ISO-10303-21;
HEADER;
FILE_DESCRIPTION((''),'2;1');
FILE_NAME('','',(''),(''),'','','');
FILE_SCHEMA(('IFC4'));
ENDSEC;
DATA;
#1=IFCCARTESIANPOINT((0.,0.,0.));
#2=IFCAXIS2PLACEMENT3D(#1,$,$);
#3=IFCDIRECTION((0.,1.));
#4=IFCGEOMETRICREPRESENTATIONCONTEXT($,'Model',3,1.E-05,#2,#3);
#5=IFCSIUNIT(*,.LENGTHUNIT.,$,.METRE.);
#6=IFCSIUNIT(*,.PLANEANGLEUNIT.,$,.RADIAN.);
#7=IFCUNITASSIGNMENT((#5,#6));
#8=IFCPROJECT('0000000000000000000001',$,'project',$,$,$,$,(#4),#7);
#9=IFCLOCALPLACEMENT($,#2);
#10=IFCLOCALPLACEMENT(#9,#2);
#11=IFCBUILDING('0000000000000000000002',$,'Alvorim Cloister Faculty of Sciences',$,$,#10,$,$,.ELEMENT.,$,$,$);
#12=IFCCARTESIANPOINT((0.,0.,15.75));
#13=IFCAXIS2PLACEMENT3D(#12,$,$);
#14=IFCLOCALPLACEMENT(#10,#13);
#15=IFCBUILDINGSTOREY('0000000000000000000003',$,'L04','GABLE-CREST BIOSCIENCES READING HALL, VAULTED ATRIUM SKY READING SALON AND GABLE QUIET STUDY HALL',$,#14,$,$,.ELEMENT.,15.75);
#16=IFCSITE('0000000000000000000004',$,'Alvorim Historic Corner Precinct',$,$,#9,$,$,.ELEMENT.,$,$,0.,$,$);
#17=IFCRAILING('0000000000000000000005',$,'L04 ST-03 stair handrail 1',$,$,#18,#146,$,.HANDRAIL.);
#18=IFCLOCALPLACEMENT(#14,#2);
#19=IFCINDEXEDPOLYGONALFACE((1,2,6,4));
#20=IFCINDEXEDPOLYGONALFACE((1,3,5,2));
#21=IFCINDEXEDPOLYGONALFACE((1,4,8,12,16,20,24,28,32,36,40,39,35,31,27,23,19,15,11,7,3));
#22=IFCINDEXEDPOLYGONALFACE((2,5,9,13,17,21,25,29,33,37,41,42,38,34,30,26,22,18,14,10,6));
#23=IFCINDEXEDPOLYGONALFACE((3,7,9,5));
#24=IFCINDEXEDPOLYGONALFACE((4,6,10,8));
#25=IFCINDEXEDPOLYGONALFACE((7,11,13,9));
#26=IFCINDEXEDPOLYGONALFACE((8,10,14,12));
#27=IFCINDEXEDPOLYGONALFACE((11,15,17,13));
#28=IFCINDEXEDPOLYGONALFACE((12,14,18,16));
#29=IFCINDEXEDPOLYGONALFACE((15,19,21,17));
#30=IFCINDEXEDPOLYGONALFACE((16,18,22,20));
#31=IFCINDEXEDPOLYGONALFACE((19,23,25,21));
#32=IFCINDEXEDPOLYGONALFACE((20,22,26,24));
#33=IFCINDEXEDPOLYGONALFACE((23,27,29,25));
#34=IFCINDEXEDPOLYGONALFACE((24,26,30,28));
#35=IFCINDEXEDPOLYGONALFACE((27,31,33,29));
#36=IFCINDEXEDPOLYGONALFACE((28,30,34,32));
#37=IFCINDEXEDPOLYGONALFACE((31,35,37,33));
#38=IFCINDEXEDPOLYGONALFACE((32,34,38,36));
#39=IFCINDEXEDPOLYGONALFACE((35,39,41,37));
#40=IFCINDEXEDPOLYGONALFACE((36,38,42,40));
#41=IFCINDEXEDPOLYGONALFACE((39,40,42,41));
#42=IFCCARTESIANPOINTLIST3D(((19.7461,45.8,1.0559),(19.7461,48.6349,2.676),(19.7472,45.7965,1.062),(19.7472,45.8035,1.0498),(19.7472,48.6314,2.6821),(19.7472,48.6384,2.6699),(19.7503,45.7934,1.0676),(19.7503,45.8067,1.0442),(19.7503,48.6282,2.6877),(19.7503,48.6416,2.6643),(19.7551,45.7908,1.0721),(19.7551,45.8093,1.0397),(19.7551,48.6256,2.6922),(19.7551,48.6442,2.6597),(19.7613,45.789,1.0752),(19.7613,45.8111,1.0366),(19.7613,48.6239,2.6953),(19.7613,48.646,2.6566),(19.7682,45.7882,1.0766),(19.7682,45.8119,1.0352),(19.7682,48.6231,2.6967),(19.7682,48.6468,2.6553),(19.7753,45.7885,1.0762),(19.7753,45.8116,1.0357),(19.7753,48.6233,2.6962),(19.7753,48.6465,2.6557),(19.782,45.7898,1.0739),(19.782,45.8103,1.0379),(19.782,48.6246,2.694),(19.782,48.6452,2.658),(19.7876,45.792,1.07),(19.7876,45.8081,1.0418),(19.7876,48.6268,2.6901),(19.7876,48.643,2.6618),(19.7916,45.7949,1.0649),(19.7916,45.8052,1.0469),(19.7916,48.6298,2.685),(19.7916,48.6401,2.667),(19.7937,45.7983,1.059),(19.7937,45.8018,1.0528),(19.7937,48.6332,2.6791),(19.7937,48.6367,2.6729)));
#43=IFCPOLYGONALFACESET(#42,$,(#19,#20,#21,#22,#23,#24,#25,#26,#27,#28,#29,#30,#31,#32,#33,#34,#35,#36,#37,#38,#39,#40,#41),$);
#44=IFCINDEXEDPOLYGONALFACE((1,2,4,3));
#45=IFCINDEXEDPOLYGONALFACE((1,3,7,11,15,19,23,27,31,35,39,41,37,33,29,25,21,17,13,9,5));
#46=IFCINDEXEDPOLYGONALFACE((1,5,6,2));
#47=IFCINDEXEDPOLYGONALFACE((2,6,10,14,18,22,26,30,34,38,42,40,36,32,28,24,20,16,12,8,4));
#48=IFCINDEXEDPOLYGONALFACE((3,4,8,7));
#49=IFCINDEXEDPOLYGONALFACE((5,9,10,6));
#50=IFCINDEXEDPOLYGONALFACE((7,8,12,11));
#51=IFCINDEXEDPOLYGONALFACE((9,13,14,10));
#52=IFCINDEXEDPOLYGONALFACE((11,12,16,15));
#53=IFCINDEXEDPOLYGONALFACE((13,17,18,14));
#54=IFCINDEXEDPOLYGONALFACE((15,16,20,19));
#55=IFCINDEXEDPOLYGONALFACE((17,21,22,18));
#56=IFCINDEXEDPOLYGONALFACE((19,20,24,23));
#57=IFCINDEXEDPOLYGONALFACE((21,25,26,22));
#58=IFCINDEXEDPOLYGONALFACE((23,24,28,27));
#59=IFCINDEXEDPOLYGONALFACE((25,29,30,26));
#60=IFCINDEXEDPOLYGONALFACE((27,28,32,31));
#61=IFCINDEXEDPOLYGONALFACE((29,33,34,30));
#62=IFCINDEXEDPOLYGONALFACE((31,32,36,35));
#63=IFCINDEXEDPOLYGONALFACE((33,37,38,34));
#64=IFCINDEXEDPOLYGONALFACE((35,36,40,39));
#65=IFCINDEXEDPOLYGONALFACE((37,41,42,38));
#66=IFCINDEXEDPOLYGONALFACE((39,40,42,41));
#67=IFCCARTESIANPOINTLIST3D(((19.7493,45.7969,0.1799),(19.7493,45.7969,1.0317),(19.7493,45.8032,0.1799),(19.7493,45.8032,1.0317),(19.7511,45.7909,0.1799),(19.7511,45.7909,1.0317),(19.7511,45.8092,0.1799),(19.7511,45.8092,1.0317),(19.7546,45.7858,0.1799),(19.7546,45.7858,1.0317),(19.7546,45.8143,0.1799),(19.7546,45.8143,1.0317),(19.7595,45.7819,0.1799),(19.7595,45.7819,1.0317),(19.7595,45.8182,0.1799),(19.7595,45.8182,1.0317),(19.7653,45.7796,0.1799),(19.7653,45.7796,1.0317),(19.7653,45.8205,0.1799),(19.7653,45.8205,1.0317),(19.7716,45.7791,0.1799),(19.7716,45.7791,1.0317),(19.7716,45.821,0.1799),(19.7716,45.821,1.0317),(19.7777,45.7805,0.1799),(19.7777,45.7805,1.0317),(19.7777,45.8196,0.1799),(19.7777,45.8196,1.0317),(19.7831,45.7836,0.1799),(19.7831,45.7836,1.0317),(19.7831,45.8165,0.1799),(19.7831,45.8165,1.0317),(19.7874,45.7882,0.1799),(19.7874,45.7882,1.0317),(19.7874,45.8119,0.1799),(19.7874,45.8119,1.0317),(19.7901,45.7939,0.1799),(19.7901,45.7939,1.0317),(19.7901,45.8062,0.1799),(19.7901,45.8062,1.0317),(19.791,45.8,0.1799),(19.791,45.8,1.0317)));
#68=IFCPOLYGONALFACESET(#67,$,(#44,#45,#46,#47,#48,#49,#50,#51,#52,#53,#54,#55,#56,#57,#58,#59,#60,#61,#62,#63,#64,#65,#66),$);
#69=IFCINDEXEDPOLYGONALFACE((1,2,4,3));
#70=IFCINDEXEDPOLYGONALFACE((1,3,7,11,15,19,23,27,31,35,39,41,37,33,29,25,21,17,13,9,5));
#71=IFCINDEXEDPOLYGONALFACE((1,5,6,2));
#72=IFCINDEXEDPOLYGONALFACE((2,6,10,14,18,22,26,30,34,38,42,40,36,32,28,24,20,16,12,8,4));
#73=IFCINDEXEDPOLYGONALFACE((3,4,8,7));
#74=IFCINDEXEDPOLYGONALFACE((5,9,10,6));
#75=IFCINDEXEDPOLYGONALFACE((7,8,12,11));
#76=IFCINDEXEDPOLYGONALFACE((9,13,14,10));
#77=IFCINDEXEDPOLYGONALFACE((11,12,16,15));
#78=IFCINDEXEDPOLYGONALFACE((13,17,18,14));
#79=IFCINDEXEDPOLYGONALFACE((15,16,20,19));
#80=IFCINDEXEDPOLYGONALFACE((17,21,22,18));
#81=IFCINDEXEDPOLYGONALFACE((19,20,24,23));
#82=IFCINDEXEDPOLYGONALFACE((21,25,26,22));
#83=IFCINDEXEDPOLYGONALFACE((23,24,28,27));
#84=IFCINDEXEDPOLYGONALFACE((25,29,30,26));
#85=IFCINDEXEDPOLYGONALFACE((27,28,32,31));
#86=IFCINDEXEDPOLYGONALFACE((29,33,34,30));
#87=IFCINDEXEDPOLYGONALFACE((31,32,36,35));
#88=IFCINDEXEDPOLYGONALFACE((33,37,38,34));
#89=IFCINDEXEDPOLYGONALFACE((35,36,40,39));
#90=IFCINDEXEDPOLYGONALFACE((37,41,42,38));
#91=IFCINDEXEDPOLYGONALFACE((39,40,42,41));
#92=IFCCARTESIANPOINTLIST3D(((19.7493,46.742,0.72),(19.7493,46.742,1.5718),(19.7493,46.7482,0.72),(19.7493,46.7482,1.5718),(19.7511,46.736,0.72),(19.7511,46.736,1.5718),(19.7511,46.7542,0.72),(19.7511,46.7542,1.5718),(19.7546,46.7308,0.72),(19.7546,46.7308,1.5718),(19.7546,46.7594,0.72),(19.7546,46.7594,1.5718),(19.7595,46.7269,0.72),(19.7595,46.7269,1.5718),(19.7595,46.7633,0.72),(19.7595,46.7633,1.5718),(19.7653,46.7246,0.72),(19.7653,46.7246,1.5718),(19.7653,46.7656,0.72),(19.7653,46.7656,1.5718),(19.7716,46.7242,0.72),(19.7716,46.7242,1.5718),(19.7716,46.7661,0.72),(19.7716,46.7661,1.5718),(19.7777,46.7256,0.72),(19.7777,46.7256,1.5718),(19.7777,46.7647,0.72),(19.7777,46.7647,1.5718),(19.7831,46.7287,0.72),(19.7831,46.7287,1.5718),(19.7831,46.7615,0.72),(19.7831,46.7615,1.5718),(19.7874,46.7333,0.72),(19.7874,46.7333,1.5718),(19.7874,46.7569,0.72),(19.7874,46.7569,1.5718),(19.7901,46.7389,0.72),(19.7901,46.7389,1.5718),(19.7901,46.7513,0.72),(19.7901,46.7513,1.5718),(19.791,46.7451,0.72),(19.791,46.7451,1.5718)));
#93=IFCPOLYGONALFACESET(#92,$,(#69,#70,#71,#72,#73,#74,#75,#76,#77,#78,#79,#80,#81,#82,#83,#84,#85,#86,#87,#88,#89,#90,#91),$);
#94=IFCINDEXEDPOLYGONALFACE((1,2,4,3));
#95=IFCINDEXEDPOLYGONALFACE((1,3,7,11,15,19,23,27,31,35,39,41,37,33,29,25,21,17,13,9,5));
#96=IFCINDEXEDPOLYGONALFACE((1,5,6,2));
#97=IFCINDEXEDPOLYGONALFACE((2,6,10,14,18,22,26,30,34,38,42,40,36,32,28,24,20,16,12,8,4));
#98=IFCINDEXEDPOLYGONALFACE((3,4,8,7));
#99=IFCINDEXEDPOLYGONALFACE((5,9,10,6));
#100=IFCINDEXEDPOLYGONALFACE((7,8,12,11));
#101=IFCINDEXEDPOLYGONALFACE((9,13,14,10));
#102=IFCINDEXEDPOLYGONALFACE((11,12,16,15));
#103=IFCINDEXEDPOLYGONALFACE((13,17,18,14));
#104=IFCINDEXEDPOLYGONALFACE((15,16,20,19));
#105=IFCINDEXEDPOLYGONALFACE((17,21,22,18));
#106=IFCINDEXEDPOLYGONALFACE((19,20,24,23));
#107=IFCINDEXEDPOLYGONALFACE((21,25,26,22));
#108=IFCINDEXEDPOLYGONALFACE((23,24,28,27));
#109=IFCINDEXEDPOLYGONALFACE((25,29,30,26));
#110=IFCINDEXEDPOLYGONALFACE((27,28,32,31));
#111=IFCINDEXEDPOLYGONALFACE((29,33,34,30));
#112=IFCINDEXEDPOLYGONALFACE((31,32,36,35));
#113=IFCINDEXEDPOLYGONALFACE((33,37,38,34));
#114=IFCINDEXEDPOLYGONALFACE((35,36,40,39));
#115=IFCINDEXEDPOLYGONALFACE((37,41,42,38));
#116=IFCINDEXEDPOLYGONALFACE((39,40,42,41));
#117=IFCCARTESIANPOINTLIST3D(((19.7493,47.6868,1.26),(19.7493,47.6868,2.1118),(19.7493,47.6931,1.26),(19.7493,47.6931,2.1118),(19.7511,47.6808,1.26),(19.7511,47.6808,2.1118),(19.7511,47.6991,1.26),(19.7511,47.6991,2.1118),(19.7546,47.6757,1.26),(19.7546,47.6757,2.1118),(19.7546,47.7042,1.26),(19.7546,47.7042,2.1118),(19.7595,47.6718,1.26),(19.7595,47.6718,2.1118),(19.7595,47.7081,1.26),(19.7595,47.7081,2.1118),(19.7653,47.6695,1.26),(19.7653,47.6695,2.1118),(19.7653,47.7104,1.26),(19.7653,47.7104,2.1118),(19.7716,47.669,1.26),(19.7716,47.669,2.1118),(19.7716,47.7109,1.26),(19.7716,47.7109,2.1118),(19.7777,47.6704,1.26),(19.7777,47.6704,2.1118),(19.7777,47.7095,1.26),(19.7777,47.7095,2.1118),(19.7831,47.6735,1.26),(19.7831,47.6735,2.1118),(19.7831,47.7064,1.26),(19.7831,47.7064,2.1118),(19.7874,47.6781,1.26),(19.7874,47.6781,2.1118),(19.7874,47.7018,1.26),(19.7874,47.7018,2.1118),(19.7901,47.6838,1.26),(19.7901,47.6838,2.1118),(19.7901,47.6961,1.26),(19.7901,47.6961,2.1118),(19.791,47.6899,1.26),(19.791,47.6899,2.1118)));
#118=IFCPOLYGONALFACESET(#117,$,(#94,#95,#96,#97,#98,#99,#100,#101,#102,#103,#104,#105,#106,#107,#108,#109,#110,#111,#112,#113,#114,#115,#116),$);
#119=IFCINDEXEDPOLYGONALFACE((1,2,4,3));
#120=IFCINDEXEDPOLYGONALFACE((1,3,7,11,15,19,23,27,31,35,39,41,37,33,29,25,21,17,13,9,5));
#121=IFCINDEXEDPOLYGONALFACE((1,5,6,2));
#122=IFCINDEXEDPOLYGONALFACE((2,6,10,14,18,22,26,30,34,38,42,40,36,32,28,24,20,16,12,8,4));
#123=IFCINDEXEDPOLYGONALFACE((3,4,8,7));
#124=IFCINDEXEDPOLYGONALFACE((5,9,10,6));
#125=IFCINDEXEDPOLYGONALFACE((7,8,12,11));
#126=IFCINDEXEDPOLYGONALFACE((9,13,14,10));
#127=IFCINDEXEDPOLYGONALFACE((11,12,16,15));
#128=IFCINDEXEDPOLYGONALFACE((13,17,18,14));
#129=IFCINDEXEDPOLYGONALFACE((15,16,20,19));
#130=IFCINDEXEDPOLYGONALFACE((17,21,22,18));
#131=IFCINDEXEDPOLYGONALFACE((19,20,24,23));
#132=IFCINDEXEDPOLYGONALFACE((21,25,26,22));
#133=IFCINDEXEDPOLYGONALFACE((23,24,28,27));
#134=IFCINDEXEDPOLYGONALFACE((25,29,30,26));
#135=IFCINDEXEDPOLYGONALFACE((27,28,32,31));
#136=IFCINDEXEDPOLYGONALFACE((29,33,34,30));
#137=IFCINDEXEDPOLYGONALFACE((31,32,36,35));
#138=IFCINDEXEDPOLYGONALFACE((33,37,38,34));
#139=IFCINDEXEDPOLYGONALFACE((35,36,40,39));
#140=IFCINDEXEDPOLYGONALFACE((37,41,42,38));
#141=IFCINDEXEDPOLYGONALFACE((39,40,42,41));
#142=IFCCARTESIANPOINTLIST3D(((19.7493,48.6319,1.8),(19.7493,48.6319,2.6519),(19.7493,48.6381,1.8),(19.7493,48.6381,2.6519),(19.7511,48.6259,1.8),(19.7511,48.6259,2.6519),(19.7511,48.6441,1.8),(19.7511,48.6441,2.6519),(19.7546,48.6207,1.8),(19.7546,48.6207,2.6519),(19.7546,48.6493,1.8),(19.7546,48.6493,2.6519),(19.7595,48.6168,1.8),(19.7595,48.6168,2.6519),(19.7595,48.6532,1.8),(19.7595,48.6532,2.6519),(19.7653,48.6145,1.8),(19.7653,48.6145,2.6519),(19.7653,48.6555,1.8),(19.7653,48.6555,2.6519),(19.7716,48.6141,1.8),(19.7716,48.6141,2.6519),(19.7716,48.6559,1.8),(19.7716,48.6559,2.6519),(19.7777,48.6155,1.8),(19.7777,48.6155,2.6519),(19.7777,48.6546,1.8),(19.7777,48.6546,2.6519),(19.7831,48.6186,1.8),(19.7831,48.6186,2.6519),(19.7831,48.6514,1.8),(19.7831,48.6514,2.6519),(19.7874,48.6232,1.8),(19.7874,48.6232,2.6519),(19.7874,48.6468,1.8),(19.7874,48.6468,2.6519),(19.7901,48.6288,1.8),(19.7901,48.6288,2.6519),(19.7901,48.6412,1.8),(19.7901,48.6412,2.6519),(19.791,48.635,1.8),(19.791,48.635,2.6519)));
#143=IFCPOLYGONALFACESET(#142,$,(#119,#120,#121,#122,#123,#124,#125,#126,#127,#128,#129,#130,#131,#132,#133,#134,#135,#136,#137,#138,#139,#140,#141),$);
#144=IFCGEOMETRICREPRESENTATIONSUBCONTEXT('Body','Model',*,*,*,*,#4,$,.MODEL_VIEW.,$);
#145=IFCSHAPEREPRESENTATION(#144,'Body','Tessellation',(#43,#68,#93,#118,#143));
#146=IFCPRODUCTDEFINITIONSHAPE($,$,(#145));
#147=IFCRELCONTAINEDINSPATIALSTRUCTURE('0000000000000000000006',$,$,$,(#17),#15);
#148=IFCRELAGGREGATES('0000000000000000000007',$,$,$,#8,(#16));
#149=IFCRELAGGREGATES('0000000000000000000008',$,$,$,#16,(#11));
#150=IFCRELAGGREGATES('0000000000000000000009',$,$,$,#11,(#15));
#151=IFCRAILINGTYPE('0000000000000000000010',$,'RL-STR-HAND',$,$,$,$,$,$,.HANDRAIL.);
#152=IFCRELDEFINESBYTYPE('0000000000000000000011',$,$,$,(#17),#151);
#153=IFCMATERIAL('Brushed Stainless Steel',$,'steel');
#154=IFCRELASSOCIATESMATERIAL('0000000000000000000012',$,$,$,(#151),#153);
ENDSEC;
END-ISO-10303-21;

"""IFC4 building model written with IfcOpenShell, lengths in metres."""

from ifc_helpers import new_model, si_unit, direction, frame, origin, origin_2d, place, context, subcontext, project, spatial, circle, extrude, material, type_object, element, save


model = new_model("IFC4")

# Units and contexts
model_context = context("Model", 3, precision=1e-05, world=origin(), true_north=direction((0.0, 1.0)))
body_context = subcontext(model_context, "Body", "Model", "MODEL_VIEW")
ifc_project = project(units=[si_unit("LENGTHUNIT", "METRE"), si_unit("PLANEANGLEUNIT", "RADIAN")], contexts=[model_context])

# Site, building, storey
site_placement = place(None, origin())
site = spatial("IfcSite", under=ifc_project, at=site_placement, Name="Alvorim Historic Corner Precinct", CompositionType="ELEMENT", RefElevation=0.0)
building_placement = place(site_placement, origin())
building = spatial("IfcBuilding", under=site, at=building_placement, Name="Alvorim Cloister Faculty of Sciences", CompositionType="ELEMENT")
storey_placement = place(building_placement, frame((0.0, 0.0, 15.75)))
storey = spatial("IfcBuildingStorey", under=building, at=storey_placement, Name="L04", Description="GABLE-CREST BIOSCIENCES READING HALL, VAULTED ATRIUM SKY READING SALON AND GABLE QUIET STUDY HALL", CompositionType="ELEMENT", Elevation=15.75)

# Shared definitions
ifc_material_1 = material(Name="Brushed Stainless Steel", Category="steel")

# Railing
railing_type_1 = type_object("IfcRailingType", Name="RL-STR-HAND", PredefinedType="HANDRAIL", material=ifc_material_1)
railing_1_placement = place(storey_placement, frame((19.77, 45.8, 0.1799)))
element("IfcRailing", 1, at=railing_1_placement, inside=storey, type_object=railing_type_1, Name="L04 ST-03 stair handrail 1", PredefinedType="HANDRAIL", context=body_context, shape_type="SweptSolid", body=[
    extrude(circle(Radius=0.0239, at=origin_2d()), frame((0.0, 0.0, 0.876), z_axis=(0.0, 0.868225, 0.496171), x_axis=(-1.0, 0.0, 0.0)), (0.0, 0.0, 1.0), 3.2651),
    extrude(circle(Radius=0.021, at=origin_2d()), origin(), (0.0, 0.0, 1.0), 0.8518),
    extrude(circle(Radius=0.021, at=origin_2d()), frame((0.0, 0.9451, 0.54)), (0.0, 0.0, 1.0), 0.8518),
    extrude(circle(Radius=0.021, at=origin_2d()), frame((0.0, 1.8899, 1.0801)), (0.0, 0.0, 1.0), 0.8518),
    extrude(circle(Radius=0.021, at=origin_2d()), frame((0.0, 2.835, 1.6201)), (0.0, 0.0, 1.0), 0.8518),
])

save(model, "model.ifc")
